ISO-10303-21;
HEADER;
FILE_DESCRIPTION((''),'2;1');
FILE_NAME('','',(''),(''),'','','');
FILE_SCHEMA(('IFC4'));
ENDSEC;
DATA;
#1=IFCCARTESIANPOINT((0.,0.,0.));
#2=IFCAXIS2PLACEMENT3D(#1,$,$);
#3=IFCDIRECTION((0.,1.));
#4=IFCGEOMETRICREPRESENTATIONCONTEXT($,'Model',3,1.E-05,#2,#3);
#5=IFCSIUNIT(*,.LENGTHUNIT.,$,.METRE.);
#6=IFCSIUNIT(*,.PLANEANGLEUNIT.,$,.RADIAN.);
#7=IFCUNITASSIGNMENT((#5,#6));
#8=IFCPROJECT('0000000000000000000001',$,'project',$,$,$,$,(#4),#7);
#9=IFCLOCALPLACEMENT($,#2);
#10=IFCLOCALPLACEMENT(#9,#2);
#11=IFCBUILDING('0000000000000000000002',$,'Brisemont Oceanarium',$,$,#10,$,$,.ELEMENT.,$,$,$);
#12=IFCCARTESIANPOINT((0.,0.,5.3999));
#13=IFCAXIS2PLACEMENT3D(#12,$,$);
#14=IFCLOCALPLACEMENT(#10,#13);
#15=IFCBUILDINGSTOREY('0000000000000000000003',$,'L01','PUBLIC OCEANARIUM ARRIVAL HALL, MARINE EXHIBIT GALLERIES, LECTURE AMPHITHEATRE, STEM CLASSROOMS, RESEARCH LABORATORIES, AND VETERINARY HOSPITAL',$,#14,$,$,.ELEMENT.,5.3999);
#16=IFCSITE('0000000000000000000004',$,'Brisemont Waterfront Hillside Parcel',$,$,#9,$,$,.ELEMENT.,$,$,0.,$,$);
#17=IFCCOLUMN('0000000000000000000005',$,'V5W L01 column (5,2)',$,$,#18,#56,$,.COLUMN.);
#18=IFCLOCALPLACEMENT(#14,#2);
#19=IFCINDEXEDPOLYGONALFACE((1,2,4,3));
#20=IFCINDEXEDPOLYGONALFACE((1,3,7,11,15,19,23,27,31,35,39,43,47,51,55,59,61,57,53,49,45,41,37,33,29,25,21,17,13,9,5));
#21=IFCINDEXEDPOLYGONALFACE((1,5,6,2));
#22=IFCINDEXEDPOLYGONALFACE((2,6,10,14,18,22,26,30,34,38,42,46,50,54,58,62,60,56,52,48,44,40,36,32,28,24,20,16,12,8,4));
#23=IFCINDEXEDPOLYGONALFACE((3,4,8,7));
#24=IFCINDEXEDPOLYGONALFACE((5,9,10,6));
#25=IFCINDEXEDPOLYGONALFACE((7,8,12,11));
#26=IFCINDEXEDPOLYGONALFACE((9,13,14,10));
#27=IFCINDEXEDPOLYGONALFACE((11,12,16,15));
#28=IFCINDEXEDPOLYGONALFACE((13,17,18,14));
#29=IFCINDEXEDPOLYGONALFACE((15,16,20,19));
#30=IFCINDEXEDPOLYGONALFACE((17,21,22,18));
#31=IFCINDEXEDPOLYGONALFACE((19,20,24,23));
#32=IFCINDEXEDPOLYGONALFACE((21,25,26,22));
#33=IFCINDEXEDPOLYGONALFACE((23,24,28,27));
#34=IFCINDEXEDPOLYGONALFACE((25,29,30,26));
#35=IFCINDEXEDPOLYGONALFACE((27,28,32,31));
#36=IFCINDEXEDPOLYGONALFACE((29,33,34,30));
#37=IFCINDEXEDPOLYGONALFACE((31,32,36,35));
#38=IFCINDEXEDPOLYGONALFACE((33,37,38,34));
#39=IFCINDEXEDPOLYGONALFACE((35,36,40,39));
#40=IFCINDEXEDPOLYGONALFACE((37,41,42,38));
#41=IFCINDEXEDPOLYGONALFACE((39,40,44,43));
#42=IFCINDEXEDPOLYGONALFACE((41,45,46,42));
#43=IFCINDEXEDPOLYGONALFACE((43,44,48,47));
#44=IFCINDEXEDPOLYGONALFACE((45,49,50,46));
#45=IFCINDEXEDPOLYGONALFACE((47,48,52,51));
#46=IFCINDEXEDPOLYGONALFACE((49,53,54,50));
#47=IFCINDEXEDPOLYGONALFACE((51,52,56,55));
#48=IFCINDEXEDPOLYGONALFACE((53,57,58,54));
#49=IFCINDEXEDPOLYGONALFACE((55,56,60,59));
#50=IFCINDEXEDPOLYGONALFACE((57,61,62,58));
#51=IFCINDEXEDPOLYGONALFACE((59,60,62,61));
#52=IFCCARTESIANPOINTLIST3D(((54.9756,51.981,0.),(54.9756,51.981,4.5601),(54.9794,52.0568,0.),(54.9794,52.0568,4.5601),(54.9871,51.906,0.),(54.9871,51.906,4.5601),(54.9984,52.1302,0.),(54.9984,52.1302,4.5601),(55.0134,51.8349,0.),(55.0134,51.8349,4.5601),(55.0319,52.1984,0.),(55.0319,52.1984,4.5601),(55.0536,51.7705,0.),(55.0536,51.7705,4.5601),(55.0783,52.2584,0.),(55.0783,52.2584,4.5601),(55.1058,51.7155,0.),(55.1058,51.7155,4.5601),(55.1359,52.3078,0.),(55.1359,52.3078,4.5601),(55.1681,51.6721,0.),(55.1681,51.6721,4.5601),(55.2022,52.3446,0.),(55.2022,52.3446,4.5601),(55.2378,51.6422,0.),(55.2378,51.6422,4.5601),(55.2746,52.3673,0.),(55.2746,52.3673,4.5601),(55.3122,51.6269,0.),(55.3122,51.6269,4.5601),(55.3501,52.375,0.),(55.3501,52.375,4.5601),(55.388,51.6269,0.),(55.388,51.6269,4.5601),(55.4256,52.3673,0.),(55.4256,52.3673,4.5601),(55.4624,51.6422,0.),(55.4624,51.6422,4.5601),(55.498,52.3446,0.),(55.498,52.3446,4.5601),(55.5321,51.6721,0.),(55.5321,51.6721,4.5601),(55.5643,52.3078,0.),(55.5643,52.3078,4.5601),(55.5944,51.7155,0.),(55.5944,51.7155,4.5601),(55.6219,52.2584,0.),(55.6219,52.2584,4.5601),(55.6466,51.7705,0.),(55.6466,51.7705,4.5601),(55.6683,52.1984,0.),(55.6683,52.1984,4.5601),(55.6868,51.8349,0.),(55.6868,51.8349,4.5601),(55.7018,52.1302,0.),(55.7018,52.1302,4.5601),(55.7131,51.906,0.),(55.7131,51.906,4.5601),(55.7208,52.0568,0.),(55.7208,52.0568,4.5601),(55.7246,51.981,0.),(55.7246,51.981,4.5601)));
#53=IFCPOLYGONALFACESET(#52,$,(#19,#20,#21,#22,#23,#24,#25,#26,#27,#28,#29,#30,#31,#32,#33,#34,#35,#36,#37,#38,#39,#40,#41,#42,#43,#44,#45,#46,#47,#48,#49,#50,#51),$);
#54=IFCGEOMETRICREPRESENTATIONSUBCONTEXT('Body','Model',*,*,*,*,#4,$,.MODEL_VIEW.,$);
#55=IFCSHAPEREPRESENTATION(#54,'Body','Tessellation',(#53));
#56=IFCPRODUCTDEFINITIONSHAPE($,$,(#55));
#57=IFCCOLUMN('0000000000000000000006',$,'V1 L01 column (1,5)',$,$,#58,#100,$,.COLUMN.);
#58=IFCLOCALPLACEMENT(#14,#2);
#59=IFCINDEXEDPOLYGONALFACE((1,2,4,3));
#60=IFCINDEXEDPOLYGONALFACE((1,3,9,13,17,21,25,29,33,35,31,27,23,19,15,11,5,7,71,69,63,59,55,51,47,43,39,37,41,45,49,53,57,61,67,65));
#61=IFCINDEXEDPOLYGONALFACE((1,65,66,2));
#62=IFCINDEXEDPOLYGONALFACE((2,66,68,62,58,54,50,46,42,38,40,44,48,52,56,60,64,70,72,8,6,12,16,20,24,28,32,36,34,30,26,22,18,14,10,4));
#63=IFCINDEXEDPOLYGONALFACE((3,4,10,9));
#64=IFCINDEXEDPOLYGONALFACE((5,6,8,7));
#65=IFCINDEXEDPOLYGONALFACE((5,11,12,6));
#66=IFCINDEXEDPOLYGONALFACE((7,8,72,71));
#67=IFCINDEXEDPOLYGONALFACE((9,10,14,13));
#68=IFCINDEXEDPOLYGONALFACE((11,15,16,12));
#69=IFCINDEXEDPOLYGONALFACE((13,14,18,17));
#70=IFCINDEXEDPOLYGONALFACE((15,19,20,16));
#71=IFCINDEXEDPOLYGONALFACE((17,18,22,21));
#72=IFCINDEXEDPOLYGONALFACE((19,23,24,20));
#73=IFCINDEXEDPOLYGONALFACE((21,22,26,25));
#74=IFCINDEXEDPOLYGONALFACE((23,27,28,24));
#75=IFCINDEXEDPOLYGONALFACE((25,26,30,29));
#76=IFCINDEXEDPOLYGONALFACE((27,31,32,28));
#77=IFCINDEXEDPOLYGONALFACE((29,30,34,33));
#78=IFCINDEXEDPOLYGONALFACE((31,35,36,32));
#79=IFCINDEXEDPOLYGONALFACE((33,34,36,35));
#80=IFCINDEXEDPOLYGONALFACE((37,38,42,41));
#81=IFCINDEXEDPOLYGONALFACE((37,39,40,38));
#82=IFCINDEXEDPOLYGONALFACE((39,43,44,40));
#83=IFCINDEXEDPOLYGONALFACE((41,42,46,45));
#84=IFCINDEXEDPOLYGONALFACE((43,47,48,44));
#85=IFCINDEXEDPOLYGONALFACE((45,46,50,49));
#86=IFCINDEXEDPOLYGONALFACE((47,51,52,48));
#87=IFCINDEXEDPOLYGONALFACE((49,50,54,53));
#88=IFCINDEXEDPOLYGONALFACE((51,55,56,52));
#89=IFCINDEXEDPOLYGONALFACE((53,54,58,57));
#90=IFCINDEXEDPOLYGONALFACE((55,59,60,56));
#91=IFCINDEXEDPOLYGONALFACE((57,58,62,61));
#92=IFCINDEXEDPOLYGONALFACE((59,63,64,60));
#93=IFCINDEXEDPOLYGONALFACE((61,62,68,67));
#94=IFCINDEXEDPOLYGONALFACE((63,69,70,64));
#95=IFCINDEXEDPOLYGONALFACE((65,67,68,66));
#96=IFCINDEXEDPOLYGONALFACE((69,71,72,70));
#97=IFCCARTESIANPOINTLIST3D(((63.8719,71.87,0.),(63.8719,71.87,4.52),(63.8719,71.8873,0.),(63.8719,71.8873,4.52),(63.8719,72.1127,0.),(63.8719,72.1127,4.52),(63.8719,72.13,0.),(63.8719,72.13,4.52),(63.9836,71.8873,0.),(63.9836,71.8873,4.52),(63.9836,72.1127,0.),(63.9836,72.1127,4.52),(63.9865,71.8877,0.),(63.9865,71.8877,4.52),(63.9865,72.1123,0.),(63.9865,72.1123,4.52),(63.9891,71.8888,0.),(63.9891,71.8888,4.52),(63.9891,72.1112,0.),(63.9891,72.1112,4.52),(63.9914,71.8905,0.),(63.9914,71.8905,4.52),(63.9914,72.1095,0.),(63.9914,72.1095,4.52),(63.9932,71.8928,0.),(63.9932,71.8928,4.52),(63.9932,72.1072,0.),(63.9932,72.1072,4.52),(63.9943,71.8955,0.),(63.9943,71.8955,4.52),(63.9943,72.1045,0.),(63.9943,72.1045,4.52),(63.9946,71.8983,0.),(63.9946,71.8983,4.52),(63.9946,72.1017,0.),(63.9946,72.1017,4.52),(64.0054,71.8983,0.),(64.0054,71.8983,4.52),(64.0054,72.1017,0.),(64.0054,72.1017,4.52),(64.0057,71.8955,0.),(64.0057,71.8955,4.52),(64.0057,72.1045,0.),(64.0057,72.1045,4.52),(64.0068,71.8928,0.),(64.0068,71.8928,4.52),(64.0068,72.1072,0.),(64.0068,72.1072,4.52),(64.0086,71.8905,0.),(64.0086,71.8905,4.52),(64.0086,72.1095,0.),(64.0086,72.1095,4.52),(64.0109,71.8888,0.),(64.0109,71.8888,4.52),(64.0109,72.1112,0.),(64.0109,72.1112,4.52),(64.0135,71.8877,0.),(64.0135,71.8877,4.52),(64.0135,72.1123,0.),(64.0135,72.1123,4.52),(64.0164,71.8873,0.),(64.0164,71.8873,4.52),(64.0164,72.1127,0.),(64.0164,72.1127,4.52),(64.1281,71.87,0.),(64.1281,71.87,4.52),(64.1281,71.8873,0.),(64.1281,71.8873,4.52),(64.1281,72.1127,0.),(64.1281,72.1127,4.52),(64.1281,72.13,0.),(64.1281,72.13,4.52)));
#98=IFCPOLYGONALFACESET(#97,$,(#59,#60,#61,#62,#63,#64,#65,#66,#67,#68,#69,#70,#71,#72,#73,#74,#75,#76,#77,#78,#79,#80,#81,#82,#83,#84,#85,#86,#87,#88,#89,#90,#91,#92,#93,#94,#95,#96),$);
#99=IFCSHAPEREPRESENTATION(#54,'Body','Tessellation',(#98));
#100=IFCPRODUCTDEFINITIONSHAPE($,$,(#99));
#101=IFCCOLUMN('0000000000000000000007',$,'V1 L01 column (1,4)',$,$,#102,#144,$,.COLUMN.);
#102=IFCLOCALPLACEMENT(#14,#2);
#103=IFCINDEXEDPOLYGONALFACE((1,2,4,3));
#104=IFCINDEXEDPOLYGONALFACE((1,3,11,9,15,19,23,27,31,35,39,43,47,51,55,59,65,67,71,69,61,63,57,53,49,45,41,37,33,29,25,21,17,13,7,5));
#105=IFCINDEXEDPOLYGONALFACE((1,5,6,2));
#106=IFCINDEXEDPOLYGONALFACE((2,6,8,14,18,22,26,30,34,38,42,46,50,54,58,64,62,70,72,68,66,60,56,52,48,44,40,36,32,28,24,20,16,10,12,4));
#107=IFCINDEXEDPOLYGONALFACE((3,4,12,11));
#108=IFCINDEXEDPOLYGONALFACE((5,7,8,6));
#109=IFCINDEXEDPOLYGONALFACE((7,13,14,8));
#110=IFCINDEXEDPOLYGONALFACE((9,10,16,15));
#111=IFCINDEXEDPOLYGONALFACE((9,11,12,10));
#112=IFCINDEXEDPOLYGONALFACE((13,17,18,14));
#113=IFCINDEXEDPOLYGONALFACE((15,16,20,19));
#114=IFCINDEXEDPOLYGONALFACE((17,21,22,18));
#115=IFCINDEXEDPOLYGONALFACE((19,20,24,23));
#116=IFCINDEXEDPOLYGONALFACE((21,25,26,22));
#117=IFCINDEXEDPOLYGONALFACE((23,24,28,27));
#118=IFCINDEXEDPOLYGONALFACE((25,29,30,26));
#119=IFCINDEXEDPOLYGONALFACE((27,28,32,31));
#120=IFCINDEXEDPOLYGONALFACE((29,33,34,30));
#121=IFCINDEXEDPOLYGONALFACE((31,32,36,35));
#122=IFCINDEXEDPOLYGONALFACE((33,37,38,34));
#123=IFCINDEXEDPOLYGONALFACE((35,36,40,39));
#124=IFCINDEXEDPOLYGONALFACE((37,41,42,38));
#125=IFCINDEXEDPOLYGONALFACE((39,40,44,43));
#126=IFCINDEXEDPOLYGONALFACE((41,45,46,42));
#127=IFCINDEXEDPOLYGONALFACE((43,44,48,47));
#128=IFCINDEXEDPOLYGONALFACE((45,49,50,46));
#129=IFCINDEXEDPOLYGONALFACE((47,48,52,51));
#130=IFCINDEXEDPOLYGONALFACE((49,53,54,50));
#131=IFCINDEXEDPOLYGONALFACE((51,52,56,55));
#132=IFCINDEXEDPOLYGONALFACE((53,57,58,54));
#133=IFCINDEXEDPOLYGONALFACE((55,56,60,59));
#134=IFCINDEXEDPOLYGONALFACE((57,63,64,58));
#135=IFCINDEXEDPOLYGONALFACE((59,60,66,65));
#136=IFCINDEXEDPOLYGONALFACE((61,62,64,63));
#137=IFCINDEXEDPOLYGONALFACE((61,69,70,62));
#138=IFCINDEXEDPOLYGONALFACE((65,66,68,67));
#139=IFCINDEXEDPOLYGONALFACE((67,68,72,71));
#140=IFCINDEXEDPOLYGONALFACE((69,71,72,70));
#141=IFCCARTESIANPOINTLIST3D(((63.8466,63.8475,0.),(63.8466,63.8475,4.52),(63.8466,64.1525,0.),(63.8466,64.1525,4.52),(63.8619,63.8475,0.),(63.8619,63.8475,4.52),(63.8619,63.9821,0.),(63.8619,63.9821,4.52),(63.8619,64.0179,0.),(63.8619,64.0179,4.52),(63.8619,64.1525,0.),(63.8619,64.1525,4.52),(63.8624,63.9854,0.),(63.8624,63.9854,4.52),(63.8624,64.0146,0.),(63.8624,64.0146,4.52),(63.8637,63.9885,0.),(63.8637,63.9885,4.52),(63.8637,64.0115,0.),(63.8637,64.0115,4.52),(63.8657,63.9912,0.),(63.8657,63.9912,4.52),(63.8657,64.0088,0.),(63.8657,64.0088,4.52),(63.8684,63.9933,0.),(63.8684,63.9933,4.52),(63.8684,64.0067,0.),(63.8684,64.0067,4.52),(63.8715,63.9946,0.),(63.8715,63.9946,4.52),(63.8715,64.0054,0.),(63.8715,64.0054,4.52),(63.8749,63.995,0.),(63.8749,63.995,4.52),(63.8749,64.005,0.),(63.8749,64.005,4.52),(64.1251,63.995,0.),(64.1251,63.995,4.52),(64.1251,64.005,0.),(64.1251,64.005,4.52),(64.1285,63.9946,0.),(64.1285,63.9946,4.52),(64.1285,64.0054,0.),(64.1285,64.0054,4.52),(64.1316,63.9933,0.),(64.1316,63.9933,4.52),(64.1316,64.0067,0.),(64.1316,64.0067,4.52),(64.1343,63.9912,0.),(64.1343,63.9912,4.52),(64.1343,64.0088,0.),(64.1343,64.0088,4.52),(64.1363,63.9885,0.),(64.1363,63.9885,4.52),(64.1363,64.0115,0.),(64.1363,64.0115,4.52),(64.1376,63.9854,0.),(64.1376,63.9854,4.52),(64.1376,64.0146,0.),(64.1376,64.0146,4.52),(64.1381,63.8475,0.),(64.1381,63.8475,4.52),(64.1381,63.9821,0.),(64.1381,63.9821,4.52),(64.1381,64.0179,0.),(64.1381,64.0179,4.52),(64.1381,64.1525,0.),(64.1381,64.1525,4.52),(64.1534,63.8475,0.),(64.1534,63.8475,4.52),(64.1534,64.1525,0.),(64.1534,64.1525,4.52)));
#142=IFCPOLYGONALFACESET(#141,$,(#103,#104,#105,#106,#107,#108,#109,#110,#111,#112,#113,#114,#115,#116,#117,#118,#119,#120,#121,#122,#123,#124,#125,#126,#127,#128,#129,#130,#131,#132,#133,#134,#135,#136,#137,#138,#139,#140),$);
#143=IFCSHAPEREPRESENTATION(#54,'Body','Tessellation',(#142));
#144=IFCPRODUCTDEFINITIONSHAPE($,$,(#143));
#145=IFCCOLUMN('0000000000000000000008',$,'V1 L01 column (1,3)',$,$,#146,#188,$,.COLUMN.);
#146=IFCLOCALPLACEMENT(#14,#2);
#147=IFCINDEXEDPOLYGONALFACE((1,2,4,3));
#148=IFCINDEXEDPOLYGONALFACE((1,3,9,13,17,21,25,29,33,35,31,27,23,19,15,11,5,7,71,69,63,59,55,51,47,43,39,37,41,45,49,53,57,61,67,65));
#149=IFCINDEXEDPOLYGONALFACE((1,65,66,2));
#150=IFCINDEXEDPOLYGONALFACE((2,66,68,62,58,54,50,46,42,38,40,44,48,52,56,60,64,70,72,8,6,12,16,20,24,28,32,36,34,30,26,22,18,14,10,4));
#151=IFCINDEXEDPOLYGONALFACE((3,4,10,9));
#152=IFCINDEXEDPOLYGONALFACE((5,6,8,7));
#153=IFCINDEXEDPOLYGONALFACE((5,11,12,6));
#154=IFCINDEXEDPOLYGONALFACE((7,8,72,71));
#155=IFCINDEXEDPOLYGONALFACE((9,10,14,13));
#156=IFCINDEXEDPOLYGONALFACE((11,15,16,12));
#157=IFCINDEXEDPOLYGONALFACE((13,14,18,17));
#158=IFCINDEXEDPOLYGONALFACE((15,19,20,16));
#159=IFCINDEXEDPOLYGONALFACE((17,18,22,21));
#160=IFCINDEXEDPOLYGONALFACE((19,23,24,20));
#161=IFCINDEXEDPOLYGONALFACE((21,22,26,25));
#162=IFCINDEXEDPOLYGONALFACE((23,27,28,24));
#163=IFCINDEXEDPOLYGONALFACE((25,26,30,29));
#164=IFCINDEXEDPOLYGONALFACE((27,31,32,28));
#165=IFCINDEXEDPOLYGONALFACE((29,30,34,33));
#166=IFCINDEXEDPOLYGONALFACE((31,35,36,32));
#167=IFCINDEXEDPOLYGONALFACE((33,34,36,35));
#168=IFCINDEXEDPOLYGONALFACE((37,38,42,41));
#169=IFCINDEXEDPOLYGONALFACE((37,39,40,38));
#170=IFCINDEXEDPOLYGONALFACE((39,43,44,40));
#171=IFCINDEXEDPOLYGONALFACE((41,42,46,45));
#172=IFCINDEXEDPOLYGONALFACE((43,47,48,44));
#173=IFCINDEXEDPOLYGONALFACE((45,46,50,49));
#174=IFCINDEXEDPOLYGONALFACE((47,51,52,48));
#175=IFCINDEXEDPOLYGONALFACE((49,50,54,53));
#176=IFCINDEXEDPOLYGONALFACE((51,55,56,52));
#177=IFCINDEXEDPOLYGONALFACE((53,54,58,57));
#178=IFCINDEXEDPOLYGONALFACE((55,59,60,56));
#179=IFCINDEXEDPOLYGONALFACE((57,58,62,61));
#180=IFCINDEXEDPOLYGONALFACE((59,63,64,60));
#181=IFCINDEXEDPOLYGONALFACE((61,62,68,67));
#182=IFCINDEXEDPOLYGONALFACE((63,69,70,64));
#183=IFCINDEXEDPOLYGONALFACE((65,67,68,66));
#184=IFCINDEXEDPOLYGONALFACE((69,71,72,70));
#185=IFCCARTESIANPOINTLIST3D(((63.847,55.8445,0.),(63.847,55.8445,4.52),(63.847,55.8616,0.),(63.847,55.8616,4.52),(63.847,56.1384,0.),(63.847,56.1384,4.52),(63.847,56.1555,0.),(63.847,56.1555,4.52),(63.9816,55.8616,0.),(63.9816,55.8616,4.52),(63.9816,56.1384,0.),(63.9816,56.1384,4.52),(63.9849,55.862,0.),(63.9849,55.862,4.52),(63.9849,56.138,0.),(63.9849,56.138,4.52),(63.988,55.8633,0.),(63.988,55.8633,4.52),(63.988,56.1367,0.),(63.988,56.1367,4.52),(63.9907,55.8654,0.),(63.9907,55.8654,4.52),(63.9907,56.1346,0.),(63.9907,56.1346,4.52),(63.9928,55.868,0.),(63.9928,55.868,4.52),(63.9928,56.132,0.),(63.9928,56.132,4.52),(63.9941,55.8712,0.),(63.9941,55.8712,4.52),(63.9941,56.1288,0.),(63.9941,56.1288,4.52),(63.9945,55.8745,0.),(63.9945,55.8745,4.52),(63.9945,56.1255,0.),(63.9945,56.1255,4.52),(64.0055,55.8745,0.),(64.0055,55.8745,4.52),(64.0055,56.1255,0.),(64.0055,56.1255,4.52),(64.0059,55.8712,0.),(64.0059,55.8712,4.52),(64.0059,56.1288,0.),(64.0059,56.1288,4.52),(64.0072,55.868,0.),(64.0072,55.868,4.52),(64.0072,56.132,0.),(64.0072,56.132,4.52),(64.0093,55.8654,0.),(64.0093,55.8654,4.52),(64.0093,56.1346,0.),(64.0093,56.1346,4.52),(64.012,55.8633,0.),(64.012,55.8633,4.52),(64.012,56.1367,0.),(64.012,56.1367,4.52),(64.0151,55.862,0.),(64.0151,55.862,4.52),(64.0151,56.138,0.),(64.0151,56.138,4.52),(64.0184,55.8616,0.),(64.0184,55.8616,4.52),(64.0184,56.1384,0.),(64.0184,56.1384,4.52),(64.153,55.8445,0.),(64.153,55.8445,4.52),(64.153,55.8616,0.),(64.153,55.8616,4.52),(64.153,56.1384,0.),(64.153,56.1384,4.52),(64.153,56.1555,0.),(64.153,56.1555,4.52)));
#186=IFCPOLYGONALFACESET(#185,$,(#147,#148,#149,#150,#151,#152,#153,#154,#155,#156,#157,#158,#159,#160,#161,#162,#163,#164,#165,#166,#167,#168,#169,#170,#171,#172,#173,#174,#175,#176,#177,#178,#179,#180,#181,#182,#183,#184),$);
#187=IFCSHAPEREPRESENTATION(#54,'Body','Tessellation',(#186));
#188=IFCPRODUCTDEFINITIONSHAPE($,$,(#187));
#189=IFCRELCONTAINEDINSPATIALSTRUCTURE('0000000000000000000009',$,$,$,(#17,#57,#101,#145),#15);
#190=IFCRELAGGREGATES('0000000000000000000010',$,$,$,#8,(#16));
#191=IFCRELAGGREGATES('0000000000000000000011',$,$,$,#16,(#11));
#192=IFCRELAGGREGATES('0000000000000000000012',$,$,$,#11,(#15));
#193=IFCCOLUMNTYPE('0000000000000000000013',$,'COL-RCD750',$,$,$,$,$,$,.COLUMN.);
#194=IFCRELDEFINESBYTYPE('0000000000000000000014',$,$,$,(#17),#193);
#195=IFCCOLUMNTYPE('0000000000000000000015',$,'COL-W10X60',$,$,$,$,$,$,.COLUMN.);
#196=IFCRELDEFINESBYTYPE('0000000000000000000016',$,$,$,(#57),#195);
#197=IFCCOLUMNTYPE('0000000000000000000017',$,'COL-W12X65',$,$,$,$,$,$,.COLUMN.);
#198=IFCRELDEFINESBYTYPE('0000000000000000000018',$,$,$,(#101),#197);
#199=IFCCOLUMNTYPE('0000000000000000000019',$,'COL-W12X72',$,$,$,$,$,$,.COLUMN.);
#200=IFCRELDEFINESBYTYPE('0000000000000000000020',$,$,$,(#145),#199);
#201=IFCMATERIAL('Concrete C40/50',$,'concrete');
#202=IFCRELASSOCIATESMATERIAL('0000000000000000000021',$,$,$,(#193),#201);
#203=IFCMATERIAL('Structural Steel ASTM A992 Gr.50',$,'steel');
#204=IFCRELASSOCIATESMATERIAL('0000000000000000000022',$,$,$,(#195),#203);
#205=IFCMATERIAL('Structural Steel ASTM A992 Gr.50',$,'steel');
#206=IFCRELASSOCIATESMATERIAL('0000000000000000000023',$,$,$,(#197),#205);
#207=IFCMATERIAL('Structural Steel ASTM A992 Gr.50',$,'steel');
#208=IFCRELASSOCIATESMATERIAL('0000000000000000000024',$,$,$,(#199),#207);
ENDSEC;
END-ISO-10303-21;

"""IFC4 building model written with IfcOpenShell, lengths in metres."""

from ifc_helpers import new_model, si_unit, direction, frame, origin, origin_2d, place, context, subcontext, project, spatial, circle, i_section, extrude, material, material_profile, profile_set, type_object, element, save


model = new_model("IFC4")

# Units and contexts
model_context = context("Model", 3, precision=1e-05, world=origin(), true_north=direction((0.0, 1.0)))
body_context = subcontext(model_context, "Body", "Model", "MODEL_VIEW")
ifc_project = project(units=[si_unit("LENGTHUNIT", "METRE"), si_unit("PLANEANGLEUNIT", "RADIAN")], contexts=[model_context])

# Site, building, storey
site_placement = place(None, origin())
site = spatial("IfcSite", under=ifc_project, at=site_placement, Name="Brisemont Waterfront Hillside Parcel", CompositionType="ELEMENT", RefElevation=0.0)
building_placement = place(site_placement, origin())
building = spatial("IfcBuilding", under=site, at=building_placement, Name="Brisemont Oceanarium", CompositionType="ELEMENT")
storey_placement = place(building_placement, frame((0.0, 0.0, 5.3999)))
storey = spatial("IfcBuildingStorey", under=building, at=storey_placement, Name="L01", Description="PUBLIC OCEANARIUM ARRIVAL HALL, MARINE EXHIBIT GALLERIES, LECTURE AMPHITHEATRE, STEM CLASSROOMS, RESEARCH LABORATORIES, AND VETERINARY HOSPITAL", CompositionType="ELEMENT", Elevation=5.3999)

# Columns
ifc_material_1 = material(Name="Concrete C40/50", Category="concrete")
ifc_material_profile_1 = material_profile(ifc_material_1, circle(Radius=0.375, at=origin_2d()), Name="RC-COL-D750")
ifc_profile_set_1 = profile_set([ifc_material_profile_1], Name="Concrete C40/50")
column_type_1 = type_object("IfcColumnType", Name="COL-RCD750", PredefinedType="COLUMN", material=ifc_profile_set_1)
column_1_placement = place(storey_placement, frame((55.3501, 52.0, 0.0), z_axis=(0.0, 0.0, 1.0), x_axis=(0.0, 1.0, 0.0)))
element("IfcColumn", 1, at=column_1_placement, inside=storey, type_object=column_type_1, Name="V5W L01 column (5,2)", PredefinedType="COLUMN", context=body_context, shape_type="SweptSolid", body=[
    extrude(circle(Radius=0.375, at=origin_2d()), origin(), (0.0, 0.0, 1.0), 4.5601),
])
ifc_material_2 = material(Name="Structural Steel ASTM A992 Gr.50", Category="steel")
ifc_material_profile_2 = material_profile(ifc_material_2, i_section(OverallWidth=0.2561, OverallDepth=0.26, WebThickness=0.0107, FlangeThickness=0.0173, FilletRadius=0.011, at=origin_2d()), Name="W10X60")
ifc_profile_set_2 = profile_set([ifc_material_profile_2], Name="Structural Steel ASTM A992 Gr.50")
column_type_2 = type_object("IfcColumnType", Name="COL-W10X60", PredefinedType="COLUMN", material=ifc_profile_set_2)
column_2_placement = place(storey_placement, frame((64.0, 72.0, 0.0), z_axis=(0.0, 0.0, 1.0), x_axis=(1.0, 0.0, 0.0)))
element("IfcColumn", 2, at=column_2_placement, inside=storey, type_object=column_type_2, Name="V1 L01 column (1,5)", PredefinedType="COLUMN", context=body_context, shape_type="SweptSolid", body=[
    extrude(i_section(OverallWidth=0.2561, OverallDepth=0.26, WebThickness=0.0107, FlangeThickness=0.0173, FilletRadius=0.011, at=origin_2d()), origin(), (0.0, 0.0, 1.0), 4.52),
])
ifc_material_3 = material(Name="Structural Steel ASTM A992 Gr.50", Category="steel")
ifc_material_profile_3 = material_profile(ifc_material_3, i_section(OverallWidth=0.3049, OverallDepth=0.3069, WebThickness=0.01, FlangeThickness=0.0154, FilletRadius=0.0129, at=origin_2d()), Name="W12X65")
ifc_profile_set_3 = profile_set([ifc_material_profile_3], Name="Structural Steel ASTM A992 Gr.50")
column_type_3 = type_object("IfcColumnType", Name="COL-W12X65", PredefinedType="COLUMN", material=ifc_profile_set_3)
column_3_placement = place(storey_placement, frame((64.0, 64.0, 0.0), z_axis=(0.0, 0.0, 1.0), x_axis=(0.0, 1.0, 0.0)))
element("IfcColumn", 3, at=column_3_placement, inside=storey, type_object=column_type_3, Name="V1 L01 column (1,4)", PredefinedType="COLUMN", context=body_context, shape_type="SweptSolid", body=[
    extrude(i_section(OverallWidth=0.3049, OverallDepth=0.3069, WebThickness=0.01, FlangeThickness=0.0154, FilletRadius=0.0129, at=origin_2d()), origin(), (0.0, 0.0, 1.0), 4.52),
])
ifc_material_4 = material(Name="Structural Steel ASTM A992 Gr.50", Category="steel")
ifc_material_profile_4 = material_profile(ifc_material_4, i_section(OverallWidth=0.3059, OverallDepth=0.311, WebThickness=0.011, FlangeThickness=0.0171, FilletRadius=0.0129, at=origin_2d()), Name="W12X72")
ifc_profile_set_4 = profile_set([ifc_material_profile_4], Name="Structural Steel ASTM A992 Gr.50")
column_type_4 = type_object("IfcColumnType", Name="COL-W12X72", PredefinedType="COLUMN", material=ifc_profile_set_4)
column_4_placement = place(storey_placement, frame((64.0, 56.0, 0.0), z_axis=(0.0, 0.0, 1.0), x_axis=(1.0, 0.0, 0.0)))
element("IfcColumn", 4, at=column_4_placement, inside=storey, type_object=column_type_4, Name="V1 L01 column (1,3)", PredefinedType="COLUMN", context=body_context, shape_type="SweptSolid", body=[
    extrude(i_section(OverallWidth=0.3059, OverallDepth=0.311, WebThickness=0.011, FlangeThickness=0.0171, FilletRadius=0.0129, at=origin_2d()), origin(), (0.0, 0.0, 1.0), 4.52),
])

save(model, "model.ifc")
